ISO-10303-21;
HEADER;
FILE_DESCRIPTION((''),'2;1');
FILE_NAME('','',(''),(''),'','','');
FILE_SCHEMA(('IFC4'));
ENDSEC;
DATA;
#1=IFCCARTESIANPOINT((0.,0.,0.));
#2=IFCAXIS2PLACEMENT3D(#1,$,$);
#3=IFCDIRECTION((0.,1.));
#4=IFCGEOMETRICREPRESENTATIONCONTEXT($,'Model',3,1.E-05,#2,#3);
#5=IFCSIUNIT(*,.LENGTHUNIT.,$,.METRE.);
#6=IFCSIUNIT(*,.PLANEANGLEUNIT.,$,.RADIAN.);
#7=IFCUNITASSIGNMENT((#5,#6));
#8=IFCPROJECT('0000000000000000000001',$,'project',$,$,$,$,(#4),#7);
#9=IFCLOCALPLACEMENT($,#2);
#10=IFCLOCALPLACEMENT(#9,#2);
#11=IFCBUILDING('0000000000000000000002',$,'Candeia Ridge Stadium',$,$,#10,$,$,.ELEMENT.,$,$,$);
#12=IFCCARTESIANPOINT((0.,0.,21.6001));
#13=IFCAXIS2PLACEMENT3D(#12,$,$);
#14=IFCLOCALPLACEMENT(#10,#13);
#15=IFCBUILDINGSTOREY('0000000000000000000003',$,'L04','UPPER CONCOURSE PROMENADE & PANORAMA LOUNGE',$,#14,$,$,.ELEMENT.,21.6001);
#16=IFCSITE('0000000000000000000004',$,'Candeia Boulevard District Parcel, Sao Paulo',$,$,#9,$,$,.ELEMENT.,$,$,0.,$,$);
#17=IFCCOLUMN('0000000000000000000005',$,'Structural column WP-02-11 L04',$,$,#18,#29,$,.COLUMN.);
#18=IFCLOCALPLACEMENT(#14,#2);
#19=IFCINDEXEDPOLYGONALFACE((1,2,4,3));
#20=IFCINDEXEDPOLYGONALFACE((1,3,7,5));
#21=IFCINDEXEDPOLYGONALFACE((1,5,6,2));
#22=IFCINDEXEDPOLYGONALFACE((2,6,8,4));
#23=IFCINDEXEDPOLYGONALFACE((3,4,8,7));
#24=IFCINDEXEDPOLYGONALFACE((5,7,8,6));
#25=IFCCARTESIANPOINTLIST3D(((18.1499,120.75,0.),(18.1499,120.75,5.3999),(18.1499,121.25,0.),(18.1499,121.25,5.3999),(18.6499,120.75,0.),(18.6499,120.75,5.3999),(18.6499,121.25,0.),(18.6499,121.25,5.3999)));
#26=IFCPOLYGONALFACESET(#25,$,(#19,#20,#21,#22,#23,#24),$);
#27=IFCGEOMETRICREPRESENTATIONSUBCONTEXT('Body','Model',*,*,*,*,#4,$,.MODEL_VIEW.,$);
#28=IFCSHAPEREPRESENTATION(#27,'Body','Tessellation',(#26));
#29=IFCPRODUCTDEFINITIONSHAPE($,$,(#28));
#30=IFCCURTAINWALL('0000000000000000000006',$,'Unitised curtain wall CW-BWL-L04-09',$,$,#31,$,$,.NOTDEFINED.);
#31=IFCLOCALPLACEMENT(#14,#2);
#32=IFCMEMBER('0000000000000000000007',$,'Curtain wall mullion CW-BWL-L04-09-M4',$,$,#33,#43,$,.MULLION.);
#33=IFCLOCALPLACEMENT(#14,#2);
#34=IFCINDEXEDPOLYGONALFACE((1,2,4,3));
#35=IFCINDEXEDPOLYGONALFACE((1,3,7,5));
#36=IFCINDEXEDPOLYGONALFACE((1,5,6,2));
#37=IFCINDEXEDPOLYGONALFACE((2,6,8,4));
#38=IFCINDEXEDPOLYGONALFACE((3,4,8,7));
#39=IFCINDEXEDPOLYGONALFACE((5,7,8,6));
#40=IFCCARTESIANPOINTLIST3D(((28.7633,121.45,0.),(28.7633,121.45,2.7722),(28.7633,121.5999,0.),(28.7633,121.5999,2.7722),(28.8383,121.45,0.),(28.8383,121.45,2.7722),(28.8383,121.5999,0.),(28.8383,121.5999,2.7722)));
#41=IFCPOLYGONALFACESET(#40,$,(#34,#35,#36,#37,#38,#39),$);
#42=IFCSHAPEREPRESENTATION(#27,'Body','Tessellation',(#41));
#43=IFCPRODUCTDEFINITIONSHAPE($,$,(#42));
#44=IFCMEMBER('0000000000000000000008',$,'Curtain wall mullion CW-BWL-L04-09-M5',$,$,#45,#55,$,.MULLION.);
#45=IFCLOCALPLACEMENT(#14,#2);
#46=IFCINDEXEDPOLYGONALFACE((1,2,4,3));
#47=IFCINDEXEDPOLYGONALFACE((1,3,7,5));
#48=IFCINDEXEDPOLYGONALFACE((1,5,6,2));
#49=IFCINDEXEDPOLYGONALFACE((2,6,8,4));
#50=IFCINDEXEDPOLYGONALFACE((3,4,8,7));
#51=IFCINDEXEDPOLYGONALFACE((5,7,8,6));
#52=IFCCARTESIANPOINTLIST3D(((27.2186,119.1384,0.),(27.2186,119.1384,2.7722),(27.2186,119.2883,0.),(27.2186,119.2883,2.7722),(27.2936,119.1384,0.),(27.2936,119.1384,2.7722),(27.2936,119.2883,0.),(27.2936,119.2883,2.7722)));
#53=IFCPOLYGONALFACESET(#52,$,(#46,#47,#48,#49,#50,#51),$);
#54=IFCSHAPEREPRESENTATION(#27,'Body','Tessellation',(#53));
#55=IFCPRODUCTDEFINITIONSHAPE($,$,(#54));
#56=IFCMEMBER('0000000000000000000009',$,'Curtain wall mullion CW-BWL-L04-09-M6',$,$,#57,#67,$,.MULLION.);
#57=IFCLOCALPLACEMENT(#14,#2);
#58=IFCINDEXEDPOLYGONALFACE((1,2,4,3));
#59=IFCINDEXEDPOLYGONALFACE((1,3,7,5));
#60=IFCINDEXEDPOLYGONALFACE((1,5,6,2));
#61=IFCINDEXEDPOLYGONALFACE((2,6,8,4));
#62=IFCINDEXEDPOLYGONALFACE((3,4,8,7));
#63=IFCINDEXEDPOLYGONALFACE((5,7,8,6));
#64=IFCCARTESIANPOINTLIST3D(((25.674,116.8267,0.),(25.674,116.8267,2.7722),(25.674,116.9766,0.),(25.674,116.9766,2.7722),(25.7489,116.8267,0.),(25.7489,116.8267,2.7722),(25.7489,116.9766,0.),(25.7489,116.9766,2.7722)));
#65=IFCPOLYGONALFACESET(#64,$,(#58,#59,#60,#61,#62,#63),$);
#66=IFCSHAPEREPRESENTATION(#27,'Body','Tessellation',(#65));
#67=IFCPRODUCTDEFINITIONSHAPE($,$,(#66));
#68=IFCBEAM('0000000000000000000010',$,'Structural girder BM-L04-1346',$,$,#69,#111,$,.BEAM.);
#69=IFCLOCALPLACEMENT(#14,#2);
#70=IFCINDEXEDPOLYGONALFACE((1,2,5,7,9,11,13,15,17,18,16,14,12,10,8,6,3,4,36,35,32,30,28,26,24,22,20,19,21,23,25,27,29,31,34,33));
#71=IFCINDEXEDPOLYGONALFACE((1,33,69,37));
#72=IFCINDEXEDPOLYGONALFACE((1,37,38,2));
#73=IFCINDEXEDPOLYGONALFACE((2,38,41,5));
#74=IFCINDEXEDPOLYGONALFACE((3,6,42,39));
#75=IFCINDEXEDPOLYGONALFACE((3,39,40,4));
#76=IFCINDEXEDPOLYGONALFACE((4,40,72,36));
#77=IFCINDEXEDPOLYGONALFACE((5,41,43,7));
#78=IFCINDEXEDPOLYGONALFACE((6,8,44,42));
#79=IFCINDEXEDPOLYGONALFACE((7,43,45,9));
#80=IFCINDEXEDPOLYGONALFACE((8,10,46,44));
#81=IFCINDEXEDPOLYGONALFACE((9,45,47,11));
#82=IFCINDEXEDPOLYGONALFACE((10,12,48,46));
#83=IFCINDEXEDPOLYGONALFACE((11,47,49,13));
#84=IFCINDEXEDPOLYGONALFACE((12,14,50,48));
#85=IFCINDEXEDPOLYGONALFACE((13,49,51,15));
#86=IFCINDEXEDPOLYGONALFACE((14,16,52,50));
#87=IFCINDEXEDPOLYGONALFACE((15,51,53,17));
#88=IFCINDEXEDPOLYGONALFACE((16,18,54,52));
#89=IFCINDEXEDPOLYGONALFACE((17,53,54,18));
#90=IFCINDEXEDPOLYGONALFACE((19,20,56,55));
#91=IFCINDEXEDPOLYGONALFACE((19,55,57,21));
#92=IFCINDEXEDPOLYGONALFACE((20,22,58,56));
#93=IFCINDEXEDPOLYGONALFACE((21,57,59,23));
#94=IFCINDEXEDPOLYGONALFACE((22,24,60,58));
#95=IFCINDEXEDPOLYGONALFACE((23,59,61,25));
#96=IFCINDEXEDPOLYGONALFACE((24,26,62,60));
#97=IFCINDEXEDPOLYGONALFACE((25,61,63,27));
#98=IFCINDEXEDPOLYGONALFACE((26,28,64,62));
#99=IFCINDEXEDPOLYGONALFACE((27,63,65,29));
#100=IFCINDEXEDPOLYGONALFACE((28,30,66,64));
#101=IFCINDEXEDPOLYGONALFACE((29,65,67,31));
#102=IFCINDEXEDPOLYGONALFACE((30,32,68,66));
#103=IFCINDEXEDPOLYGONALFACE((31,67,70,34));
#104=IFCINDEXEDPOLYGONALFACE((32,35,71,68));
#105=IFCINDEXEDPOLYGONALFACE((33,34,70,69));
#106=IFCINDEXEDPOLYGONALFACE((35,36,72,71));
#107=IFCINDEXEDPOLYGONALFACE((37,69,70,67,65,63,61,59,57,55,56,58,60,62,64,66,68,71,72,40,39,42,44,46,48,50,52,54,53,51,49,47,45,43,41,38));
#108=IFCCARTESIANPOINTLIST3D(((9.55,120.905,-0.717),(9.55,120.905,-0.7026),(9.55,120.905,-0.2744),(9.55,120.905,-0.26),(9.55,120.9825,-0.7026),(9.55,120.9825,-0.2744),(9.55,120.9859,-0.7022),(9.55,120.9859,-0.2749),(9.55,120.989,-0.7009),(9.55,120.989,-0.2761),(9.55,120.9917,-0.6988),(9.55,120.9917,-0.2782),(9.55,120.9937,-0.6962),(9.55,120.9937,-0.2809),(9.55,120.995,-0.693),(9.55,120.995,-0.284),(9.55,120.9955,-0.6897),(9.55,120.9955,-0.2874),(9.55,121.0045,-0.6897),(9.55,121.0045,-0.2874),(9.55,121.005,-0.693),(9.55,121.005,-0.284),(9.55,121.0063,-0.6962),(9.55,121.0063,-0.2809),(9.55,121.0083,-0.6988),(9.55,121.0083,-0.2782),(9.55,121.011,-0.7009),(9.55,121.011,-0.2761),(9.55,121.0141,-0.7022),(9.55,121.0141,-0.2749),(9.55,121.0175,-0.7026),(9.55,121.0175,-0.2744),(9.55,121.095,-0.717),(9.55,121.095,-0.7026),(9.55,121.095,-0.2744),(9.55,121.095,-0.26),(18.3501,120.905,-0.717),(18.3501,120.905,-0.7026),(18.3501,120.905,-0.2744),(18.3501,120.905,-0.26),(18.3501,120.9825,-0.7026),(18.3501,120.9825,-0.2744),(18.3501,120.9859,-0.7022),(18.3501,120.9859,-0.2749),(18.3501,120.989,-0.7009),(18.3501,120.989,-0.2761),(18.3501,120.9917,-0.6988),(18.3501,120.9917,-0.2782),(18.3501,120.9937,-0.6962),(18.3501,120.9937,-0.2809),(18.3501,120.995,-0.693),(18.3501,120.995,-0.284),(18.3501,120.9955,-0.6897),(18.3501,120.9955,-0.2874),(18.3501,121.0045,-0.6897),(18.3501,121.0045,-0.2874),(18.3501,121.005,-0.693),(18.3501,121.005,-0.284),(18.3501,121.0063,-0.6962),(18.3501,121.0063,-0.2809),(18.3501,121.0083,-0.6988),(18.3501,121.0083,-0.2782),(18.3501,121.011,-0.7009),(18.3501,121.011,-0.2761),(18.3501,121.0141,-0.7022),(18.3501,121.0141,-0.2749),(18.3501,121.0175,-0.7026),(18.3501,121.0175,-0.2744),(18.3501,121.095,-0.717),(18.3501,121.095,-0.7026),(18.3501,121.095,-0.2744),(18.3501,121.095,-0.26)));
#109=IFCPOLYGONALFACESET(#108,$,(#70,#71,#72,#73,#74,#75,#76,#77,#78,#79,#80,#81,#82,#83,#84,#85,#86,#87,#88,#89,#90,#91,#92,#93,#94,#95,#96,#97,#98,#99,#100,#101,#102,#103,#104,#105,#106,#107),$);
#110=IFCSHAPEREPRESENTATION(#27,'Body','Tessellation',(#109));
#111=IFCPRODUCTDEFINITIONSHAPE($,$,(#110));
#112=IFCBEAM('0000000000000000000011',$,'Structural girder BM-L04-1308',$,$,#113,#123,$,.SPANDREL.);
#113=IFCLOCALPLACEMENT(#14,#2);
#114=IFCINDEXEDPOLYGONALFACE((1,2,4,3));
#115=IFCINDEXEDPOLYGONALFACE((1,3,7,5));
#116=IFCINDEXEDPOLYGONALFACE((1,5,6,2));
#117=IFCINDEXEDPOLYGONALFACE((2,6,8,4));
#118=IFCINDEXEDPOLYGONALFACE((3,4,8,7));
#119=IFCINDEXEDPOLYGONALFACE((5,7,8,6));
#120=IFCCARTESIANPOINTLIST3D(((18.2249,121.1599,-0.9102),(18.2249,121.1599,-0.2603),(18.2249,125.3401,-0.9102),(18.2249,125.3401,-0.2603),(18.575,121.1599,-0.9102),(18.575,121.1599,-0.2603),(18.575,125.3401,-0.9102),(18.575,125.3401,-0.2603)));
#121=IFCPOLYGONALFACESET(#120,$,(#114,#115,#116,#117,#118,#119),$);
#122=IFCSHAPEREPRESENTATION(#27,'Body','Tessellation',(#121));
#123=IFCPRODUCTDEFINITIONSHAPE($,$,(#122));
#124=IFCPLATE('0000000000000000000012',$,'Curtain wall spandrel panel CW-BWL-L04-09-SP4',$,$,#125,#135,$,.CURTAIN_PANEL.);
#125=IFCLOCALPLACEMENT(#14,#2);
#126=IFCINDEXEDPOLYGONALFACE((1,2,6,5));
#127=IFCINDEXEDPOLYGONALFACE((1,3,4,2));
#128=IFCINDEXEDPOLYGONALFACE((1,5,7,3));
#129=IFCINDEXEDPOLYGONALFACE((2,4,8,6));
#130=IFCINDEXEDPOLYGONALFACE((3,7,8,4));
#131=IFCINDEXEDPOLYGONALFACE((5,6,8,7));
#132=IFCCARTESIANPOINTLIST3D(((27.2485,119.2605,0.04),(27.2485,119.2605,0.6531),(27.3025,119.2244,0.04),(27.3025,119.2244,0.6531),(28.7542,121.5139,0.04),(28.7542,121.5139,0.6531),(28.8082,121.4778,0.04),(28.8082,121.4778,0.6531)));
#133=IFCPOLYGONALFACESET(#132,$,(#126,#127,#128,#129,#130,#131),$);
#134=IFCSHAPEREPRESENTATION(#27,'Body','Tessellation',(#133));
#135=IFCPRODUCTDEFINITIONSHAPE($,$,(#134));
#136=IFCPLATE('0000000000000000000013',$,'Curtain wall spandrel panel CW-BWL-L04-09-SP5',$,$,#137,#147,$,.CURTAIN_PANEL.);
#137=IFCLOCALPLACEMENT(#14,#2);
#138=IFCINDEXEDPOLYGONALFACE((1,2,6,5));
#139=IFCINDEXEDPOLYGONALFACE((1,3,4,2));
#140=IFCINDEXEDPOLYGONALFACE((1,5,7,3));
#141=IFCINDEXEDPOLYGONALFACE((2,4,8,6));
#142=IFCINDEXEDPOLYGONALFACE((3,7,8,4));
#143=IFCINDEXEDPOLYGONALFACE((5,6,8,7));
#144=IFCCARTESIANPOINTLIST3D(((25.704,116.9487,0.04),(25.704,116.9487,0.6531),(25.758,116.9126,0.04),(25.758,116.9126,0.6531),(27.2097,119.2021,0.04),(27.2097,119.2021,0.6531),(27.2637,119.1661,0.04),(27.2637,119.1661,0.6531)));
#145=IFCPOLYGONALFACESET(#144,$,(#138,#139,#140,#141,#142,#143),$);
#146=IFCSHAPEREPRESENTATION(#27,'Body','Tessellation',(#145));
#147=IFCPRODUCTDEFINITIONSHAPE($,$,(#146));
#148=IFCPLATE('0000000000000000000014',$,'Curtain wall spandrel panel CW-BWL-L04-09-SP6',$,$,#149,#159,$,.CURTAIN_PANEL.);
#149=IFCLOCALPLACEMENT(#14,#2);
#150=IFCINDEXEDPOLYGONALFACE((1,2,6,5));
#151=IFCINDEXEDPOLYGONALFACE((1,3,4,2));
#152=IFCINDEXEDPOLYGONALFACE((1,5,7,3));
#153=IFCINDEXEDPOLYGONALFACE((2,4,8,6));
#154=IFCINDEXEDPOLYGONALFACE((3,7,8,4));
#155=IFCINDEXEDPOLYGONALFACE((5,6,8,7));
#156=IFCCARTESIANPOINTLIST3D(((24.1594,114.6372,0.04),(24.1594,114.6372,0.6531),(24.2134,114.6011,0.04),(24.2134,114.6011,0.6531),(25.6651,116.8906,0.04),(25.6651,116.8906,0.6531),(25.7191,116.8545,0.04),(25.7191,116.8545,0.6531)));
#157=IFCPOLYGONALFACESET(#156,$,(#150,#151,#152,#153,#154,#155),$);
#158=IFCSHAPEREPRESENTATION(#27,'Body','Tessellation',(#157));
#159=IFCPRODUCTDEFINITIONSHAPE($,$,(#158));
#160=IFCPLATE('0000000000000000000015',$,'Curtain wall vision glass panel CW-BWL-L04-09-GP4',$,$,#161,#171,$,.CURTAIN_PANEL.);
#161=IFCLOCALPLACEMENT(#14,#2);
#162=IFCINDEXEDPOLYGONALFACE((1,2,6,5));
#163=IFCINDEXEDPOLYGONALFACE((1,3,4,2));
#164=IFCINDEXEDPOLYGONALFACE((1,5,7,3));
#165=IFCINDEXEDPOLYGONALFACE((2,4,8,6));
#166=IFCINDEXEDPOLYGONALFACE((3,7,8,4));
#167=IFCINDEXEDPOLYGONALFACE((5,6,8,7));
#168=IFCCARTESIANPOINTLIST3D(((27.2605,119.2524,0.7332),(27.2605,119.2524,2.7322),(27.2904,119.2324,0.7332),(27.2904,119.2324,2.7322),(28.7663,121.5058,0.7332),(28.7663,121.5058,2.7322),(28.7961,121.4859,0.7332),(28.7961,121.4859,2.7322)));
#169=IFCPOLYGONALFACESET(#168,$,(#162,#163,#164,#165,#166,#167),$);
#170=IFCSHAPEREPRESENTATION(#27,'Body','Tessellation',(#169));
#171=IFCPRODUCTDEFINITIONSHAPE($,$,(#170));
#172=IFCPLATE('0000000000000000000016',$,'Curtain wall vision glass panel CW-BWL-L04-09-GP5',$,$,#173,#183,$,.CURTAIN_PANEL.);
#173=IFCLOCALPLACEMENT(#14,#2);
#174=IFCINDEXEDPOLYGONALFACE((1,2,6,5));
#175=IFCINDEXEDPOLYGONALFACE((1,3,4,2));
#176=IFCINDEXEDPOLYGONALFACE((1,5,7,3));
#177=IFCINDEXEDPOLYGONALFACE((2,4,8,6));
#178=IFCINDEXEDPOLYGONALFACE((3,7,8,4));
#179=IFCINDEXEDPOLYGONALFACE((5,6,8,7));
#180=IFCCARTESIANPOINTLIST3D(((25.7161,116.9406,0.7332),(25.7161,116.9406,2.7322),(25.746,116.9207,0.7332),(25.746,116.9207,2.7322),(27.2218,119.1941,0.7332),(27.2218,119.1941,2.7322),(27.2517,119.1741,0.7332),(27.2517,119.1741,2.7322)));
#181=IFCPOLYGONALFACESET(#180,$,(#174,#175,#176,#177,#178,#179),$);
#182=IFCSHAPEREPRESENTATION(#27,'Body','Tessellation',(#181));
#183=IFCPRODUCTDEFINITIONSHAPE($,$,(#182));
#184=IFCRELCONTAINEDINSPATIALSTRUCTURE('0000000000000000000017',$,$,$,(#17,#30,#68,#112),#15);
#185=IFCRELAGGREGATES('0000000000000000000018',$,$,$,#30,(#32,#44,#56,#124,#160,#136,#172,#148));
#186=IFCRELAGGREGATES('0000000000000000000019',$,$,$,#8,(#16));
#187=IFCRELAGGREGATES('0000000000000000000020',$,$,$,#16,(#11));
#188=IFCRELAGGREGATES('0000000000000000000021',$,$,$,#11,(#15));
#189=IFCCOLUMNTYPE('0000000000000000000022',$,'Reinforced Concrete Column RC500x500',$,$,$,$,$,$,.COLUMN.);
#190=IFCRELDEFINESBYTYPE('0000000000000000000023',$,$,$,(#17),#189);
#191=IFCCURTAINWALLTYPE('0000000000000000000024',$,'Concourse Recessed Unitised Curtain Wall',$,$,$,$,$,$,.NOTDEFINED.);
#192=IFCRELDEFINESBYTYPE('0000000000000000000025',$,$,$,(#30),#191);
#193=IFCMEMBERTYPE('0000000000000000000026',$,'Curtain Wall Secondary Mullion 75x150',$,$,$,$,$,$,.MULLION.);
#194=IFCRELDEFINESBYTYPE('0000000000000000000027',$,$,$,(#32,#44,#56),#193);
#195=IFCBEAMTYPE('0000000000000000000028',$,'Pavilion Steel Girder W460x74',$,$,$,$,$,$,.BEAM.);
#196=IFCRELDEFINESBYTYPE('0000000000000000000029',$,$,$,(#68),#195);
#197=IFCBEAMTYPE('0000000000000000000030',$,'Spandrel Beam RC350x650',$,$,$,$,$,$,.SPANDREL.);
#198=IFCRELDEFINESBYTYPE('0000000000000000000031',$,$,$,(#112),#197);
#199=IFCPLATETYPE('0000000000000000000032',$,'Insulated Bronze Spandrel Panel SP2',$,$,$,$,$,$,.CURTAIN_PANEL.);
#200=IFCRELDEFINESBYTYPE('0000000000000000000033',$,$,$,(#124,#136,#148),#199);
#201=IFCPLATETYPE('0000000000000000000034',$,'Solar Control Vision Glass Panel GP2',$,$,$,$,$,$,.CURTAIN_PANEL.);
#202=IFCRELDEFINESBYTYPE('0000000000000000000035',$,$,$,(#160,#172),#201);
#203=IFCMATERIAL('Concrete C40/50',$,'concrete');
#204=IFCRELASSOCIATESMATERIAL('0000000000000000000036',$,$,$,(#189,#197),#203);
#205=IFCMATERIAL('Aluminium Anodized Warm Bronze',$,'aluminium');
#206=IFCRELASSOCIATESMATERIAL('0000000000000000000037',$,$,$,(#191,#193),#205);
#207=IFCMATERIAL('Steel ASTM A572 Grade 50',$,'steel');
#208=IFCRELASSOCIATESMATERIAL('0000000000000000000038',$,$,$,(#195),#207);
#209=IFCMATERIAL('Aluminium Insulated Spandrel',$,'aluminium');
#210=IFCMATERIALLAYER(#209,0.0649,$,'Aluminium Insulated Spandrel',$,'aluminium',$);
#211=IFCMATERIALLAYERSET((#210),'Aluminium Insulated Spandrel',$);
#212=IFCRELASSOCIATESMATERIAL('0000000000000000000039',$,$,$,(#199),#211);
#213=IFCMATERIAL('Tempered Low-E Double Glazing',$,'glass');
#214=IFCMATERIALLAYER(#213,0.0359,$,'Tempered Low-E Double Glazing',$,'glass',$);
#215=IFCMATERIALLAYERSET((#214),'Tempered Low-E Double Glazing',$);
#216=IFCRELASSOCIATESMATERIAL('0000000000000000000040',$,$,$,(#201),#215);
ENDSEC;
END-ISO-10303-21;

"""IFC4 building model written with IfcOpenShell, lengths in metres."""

from ifc_helpers import new_model, si_unit, direction, frame, origin, origin_2d, place, context, subcontext, project, spatial, rectangle, i_section, extrude, material, layer, layer_set, material_profile, profile_set, type_object, element, aggregate, save


model = new_model("IFC4")

# Units and contexts
model_context = context("Model", 3, precision=1e-05, world=origin(), true_north=direction((0.0, 1.0)))
body_context = subcontext(model_context, "Body", "Model", "MODEL_VIEW")
ifc_project = project(units=[si_unit("LENGTHUNIT", "METRE"), si_unit("PLANEANGLEUNIT", "RADIAN")], contexts=[model_context])

# Site, building, storey
site_placement = place(None, origin())
site = spatial("IfcSite", under=ifc_project, at=site_placement, Name="Candeia Boulevard District Parcel, Sao Paulo", CompositionType="ELEMENT", RefElevation=0.0)
building_placement = place(site_placement, origin())
building = spatial("IfcBuilding", under=site, at=building_placement, Name="Candeia Ridge Stadium", CompositionType="ELEMENT")
storey_placement = place(building_placement, frame((0.0, 0.0, 21.6001)))
storey = spatial("IfcBuildingStorey", under=building, at=storey_placement, Name="L04", Description="UPPER CONCOURSE PROMENADE & PANORAMA LOUNGE", CompositionType="ELEMENT", Elevation=21.6001)

# Column
ifc_material_1 = material(Name="Concrete C40/50", Category="concrete")
ifc_material_profile_1 = material_profile(ifc_material_1, rectangle(XDim=0.5, YDim=0.5, at=origin_2d()), Name="RC500x500", Category="concrete")
ifc_profile_set_1 = profile_set([ifc_material_profile_1], Name="Concrete C40/50")
column_type = type_object("IfcColumnType", Name="Reinforced Concrete Column RC500x500", PredefinedType="COLUMN", material=ifc_profile_set_1)
column_placement = place(storey_placement, frame((18.3999, 121.0, 0.0), z_axis=(0.0, 0.0, 1.0), x_axis=(1.0, 0.0, 0.0)))
element("IfcColumn", 1, at=column_placement, inside=storey, type_object=column_type, Name="Structural column WP-02-11 L04", PredefinedType="COLUMN", context=body_context, shape_type="SweptSolid", body=[
    extrude(rectangle(XDim=0.5, YDim=0.5, at=origin_2d()), origin(), (0.0, 0.0, 1.0), 5.3999),
])

# Curtain wall, members
ifc_material_2 = material(Name="Aluminium Anodized Warm Bronze", Category="aluminium")
curtain_wall_type = type_object("IfcCurtainWallType", Name="Concourse Recessed Unitised Curtain Wall", PredefinedType="NOTDEFINED", material=ifc_material_2)
curtain_wall_placement = place(storey_placement, origin())
curtain_wall = element("IfcCurtainWall", 2, at=curtain_wall_placement, inside=storey, type_object=curtain_wall_type, Name="Unitised curtain wall CW-BWL-L04-09", PredefinedType="NOTDEFINED")
ifc_material_profile_2 = material_profile(ifc_material_2, rectangle(XDim=0.075, YDim=0.1499, at=origin_2d()), Name="CWM-75x150", Category="aluminium")
ifc_profile_set_2 = profile_set([ifc_material_profile_2], Name="Aluminium Anodized Warm Bronze")
member_type = type_object("IfcMemberType", Name="Curtain Wall Secondary Mullion 75x150", PredefinedType="MULLION", material=ifc_profile_set_2)
member_1_placement = place(storey_placement, frame((28.8008, 121.5249, 0.0), z_axis=(0.0, 0.0, 1.0), x_axis=(1.0, 0.0, 0.0)))
member_1 = element("IfcMember", 3, at=member_1_placement, type_object=member_type, Name="Curtain wall mullion CW-BWL-L04-09-M4", PredefinedType="MULLION", context=body_context, shape_type="SweptSolid", body=[
    extrude(rectangle(XDim=0.075, YDim=0.1499, at=origin_2d()), origin(), (0.0, 0.0, 1.0), 2.7722),
])
member_2_placement = place(storey_placement, frame((27.2561, 119.2134, 0.0), z_axis=(0.0, 0.0, 1.0), x_axis=(1.0, 0.0, 0.0)))
member_2 = element("IfcMember", 4, at=member_2_placement, type_object=member_type, Name="Curtain wall mullion CW-BWL-L04-09-M5", PredefinedType="MULLION", context=body_context, shape_type="SweptSolid", body=[
    extrude(rectangle(XDim=0.075, YDim=0.1499, at=origin_2d()), origin(), (0.0, 0.0, 1.0), 2.7722),
])
member_3_placement = place(storey_placement, frame((25.7114, 116.9016, 0.0), z_axis=(0.0, 0.0, 1.0), x_axis=(1.0, 0.0, 0.0)))
member_3 = element("IfcMember", 5, at=member_3_placement, type_object=member_type, Name="Curtain wall mullion CW-BWL-L04-09-M6", PredefinedType="MULLION", context=body_context, shape_type="SweptSolid", body=[
    extrude(rectangle(XDim=0.075, YDim=0.1499, at=origin_2d()), origin(), (0.0, 0.0, 1.0), 2.7722),
])

# Beams
ifc_material_3 = material(Name="Steel ASTM A572 Grade 50", Category="steel")
ifc_material_profile_3 = material_profile(ifc_material_3, i_section(OverallWidth=0.1899, OverallDepth=0.457, WebThickness=0.009, FlangeThickness=0.0144, FilletRadius=0.0129, at=origin_2d()), Name="W460x74", Category="steel")
ifc_profile_set_3 = profile_set([ifc_material_profile_3], Name="Steel ASTM A572 Grade 50")
beam_type_1 = type_object("IfcBeamType", Name="Pavilion Steel Girder W460x74", PredefinedType="BEAM", material=ifc_profile_set_3)
beam_1_placement = place(storey_placement, frame((9.55, 121.0, -0.4885), z_axis=(1.0, 0.0, 0.0), x_axis=(0.0, 1.0, 0.0)))
element("IfcBeam", 6, at=beam_1_placement, inside=storey, type_object=beam_type_1, Name="Structural girder BM-L04-1346", PredefinedType="BEAM", context=body_context, shape_type="SweptSolid", body=[
    extrude(i_section(OverallWidth=0.1899, OverallDepth=0.457, WebThickness=0.009, FlangeThickness=0.0144, FilletRadius=0.0129, at=origin_2d()), origin(), (0.0, 0.0, 1.0), 8.8),
])
ifc_material_profile_4 = material_profile(ifc_material_1, rectangle(XDim=0.3501, YDim=0.6499, at=origin_2d()), Name="RC350x650", Category="concrete")
ifc_profile_set_4 = profile_set([ifc_material_profile_4], Name="Concrete C40/50")
beam_type_2 = type_object("IfcBeamType", Name="Spandrel Beam RC350x650", PredefinedType="SPANDREL", material=ifc_profile_set_4)
beam_2_placement = place(storey_placement, frame((18.3999, 121.1599, -0.5852), z_axis=(0.0, 1.0, 0.0), x_axis=(-1.0, 0.0, 0.0)))
element("IfcBeam", 7, at=beam_2_placement, inside=storey, type_object=beam_type_2, Name="Structural girder BM-L04-1308", PredefinedType="SPANDREL", context=body_context, shape_type="SweptSolid", body=[
    extrude(rectangle(XDim=0.3501, YDim=0.6499, at=origin_2d()), origin(), (0.0, 0.0, 1.0), 4.1802),
])

# Plates
ifc_material_4 = material(Name="Aluminium Insulated Spandrel", Category="aluminium")
ifc_layer_1 = layer(ifc_material_4, 0.0649, Name="Aluminium Insulated Spandrel", Category="aluminium")
ifc_layer_set_1 = layer_set([ifc_layer_1], Name="Aluminium Insulated Spandrel")
plate_type_1 = type_object("IfcPlateType", Name="Insulated Bronze Spandrel Panel SP2", PredefinedType="CURTAIN_PANEL", material=ifc_layer_set_1)
plate_1_placement = place(storey_placement, frame((28.0283, 120.3691, 0.04), z_axis=(0.0, 0.0, 1.0), x_axis=(-0.555571, -0.831469, 0.0)))
plate_1 = element("IfcPlate", 8, at=plate_1_placement, type_object=plate_type_1, Name="Curtain wall spandrel panel CW-BWL-L04-09-SP4", PredefinedType="CURTAIN_PANEL", context=body_context, shape_type="SweptSolid", body=[
    extrude(rectangle(XDim=2.7102, YDim=0.0649, at=origin_2d()), origin(), (0.0, 0.0, 1.0), 0.613),
])
plate_2_placement = place(storey_placement, frame((26.4839, 118.0574, 0.04), z_axis=(0.0, 0.0, 1.0), x_axis=(-0.555571, -0.831469, 0.0)))
plate_2 = element("IfcPlate", 9, at=plate_2_placement, type_object=plate_type_1, Name="Curtain wall spandrel panel CW-BWL-L04-09-SP5", PredefinedType="CURTAIN_PANEL", context=body_context, shape_type="SweptSolid", body=[
    extrude(rectangle(XDim=2.7102, YDim=0.0649, at=origin_2d()), origin(), (0.0, 0.0, 1.0), 0.613),
])
plate_3_placement = place(storey_placement, frame((24.9392, 115.7458, 0.04), z_axis=(0.0, 0.0, 1.0), x_axis=(-0.555571, -0.831469, 0.0)))
plate_3 = element("IfcPlate", 10, at=plate_3_placement, type_object=plate_type_1, Name="Curtain wall spandrel panel CW-BWL-L04-09-SP6", PredefinedType="CURTAIN_PANEL", context=body_context, shape_type="SweptSolid", body=[
    extrude(rectangle(XDim=2.7102, YDim=0.0649, at=origin_2d()), origin(), (0.0, 0.0, 1.0), 0.613),
])
ifc_material_5 = material(Name="Tempered Low-E Double Glazing", Category="glass")
ifc_layer_2 = layer(ifc_material_5, 0.0359, Name="Tempered Low-E Double Glazing", Category="glass")
ifc_layer_set_2 = layer_set([ifc_layer_2], Name="Tempered Low-E Double Glazing")
plate_type_2 = type_object("IfcPlateType", Name="Solar Control Vision Glass Panel GP2", PredefinedType="CURTAIN_PANEL", material=ifc_layer_set_2)
plate_4_placement = place(storey_placement, frame((28.0283, 120.3691, 0.7332), z_axis=(0.0, 0.0, 1.0), x_axis=(-0.555571, -0.831469, 0.0)))
plate_4 = element("IfcPlate", 11, at=plate_4_placement, type_object=plate_type_2, Name="Curtain wall vision glass panel CW-BWL-L04-09-GP4", PredefinedType="CURTAIN_PANEL", context=body_context, shape_type="SweptSolid", body=[
    extrude(rectangle(XDim=2.7102, YDim=0.0359, at=origin_2d()), origin(), (0.0, 0.0, 1.0), 1.999),
])
plate_5_placement = place(storey_placement, frame((26.4839, 118.0574, 0.7332), z_axis=(0.0, 0.0, 1.0), x_axis=(-0.555571, -0.831469, 0.0)))
plate_5 = element("IfcPlate", 12, at=plate_5_placement, type_object=plate_type_2, Name="Curtain wall vision glass panel CW-BWL-L04-09-GP5", PredefinedType="CURTAIN_PANEL", context=body_context, shape_type="SweptSolid", body=[
    extrude(rectangle(XDim=2.7102, YDim=0.0359, at=origin_2d()), origin(), (0.0, 0.0, 1.0), 1.999),
])
aggregate(curtain_wall, [member_1, member_2, member_3, plate_1, plate_4, plate_2, plate_5, plate_3])

save(model, "model.ifc")
